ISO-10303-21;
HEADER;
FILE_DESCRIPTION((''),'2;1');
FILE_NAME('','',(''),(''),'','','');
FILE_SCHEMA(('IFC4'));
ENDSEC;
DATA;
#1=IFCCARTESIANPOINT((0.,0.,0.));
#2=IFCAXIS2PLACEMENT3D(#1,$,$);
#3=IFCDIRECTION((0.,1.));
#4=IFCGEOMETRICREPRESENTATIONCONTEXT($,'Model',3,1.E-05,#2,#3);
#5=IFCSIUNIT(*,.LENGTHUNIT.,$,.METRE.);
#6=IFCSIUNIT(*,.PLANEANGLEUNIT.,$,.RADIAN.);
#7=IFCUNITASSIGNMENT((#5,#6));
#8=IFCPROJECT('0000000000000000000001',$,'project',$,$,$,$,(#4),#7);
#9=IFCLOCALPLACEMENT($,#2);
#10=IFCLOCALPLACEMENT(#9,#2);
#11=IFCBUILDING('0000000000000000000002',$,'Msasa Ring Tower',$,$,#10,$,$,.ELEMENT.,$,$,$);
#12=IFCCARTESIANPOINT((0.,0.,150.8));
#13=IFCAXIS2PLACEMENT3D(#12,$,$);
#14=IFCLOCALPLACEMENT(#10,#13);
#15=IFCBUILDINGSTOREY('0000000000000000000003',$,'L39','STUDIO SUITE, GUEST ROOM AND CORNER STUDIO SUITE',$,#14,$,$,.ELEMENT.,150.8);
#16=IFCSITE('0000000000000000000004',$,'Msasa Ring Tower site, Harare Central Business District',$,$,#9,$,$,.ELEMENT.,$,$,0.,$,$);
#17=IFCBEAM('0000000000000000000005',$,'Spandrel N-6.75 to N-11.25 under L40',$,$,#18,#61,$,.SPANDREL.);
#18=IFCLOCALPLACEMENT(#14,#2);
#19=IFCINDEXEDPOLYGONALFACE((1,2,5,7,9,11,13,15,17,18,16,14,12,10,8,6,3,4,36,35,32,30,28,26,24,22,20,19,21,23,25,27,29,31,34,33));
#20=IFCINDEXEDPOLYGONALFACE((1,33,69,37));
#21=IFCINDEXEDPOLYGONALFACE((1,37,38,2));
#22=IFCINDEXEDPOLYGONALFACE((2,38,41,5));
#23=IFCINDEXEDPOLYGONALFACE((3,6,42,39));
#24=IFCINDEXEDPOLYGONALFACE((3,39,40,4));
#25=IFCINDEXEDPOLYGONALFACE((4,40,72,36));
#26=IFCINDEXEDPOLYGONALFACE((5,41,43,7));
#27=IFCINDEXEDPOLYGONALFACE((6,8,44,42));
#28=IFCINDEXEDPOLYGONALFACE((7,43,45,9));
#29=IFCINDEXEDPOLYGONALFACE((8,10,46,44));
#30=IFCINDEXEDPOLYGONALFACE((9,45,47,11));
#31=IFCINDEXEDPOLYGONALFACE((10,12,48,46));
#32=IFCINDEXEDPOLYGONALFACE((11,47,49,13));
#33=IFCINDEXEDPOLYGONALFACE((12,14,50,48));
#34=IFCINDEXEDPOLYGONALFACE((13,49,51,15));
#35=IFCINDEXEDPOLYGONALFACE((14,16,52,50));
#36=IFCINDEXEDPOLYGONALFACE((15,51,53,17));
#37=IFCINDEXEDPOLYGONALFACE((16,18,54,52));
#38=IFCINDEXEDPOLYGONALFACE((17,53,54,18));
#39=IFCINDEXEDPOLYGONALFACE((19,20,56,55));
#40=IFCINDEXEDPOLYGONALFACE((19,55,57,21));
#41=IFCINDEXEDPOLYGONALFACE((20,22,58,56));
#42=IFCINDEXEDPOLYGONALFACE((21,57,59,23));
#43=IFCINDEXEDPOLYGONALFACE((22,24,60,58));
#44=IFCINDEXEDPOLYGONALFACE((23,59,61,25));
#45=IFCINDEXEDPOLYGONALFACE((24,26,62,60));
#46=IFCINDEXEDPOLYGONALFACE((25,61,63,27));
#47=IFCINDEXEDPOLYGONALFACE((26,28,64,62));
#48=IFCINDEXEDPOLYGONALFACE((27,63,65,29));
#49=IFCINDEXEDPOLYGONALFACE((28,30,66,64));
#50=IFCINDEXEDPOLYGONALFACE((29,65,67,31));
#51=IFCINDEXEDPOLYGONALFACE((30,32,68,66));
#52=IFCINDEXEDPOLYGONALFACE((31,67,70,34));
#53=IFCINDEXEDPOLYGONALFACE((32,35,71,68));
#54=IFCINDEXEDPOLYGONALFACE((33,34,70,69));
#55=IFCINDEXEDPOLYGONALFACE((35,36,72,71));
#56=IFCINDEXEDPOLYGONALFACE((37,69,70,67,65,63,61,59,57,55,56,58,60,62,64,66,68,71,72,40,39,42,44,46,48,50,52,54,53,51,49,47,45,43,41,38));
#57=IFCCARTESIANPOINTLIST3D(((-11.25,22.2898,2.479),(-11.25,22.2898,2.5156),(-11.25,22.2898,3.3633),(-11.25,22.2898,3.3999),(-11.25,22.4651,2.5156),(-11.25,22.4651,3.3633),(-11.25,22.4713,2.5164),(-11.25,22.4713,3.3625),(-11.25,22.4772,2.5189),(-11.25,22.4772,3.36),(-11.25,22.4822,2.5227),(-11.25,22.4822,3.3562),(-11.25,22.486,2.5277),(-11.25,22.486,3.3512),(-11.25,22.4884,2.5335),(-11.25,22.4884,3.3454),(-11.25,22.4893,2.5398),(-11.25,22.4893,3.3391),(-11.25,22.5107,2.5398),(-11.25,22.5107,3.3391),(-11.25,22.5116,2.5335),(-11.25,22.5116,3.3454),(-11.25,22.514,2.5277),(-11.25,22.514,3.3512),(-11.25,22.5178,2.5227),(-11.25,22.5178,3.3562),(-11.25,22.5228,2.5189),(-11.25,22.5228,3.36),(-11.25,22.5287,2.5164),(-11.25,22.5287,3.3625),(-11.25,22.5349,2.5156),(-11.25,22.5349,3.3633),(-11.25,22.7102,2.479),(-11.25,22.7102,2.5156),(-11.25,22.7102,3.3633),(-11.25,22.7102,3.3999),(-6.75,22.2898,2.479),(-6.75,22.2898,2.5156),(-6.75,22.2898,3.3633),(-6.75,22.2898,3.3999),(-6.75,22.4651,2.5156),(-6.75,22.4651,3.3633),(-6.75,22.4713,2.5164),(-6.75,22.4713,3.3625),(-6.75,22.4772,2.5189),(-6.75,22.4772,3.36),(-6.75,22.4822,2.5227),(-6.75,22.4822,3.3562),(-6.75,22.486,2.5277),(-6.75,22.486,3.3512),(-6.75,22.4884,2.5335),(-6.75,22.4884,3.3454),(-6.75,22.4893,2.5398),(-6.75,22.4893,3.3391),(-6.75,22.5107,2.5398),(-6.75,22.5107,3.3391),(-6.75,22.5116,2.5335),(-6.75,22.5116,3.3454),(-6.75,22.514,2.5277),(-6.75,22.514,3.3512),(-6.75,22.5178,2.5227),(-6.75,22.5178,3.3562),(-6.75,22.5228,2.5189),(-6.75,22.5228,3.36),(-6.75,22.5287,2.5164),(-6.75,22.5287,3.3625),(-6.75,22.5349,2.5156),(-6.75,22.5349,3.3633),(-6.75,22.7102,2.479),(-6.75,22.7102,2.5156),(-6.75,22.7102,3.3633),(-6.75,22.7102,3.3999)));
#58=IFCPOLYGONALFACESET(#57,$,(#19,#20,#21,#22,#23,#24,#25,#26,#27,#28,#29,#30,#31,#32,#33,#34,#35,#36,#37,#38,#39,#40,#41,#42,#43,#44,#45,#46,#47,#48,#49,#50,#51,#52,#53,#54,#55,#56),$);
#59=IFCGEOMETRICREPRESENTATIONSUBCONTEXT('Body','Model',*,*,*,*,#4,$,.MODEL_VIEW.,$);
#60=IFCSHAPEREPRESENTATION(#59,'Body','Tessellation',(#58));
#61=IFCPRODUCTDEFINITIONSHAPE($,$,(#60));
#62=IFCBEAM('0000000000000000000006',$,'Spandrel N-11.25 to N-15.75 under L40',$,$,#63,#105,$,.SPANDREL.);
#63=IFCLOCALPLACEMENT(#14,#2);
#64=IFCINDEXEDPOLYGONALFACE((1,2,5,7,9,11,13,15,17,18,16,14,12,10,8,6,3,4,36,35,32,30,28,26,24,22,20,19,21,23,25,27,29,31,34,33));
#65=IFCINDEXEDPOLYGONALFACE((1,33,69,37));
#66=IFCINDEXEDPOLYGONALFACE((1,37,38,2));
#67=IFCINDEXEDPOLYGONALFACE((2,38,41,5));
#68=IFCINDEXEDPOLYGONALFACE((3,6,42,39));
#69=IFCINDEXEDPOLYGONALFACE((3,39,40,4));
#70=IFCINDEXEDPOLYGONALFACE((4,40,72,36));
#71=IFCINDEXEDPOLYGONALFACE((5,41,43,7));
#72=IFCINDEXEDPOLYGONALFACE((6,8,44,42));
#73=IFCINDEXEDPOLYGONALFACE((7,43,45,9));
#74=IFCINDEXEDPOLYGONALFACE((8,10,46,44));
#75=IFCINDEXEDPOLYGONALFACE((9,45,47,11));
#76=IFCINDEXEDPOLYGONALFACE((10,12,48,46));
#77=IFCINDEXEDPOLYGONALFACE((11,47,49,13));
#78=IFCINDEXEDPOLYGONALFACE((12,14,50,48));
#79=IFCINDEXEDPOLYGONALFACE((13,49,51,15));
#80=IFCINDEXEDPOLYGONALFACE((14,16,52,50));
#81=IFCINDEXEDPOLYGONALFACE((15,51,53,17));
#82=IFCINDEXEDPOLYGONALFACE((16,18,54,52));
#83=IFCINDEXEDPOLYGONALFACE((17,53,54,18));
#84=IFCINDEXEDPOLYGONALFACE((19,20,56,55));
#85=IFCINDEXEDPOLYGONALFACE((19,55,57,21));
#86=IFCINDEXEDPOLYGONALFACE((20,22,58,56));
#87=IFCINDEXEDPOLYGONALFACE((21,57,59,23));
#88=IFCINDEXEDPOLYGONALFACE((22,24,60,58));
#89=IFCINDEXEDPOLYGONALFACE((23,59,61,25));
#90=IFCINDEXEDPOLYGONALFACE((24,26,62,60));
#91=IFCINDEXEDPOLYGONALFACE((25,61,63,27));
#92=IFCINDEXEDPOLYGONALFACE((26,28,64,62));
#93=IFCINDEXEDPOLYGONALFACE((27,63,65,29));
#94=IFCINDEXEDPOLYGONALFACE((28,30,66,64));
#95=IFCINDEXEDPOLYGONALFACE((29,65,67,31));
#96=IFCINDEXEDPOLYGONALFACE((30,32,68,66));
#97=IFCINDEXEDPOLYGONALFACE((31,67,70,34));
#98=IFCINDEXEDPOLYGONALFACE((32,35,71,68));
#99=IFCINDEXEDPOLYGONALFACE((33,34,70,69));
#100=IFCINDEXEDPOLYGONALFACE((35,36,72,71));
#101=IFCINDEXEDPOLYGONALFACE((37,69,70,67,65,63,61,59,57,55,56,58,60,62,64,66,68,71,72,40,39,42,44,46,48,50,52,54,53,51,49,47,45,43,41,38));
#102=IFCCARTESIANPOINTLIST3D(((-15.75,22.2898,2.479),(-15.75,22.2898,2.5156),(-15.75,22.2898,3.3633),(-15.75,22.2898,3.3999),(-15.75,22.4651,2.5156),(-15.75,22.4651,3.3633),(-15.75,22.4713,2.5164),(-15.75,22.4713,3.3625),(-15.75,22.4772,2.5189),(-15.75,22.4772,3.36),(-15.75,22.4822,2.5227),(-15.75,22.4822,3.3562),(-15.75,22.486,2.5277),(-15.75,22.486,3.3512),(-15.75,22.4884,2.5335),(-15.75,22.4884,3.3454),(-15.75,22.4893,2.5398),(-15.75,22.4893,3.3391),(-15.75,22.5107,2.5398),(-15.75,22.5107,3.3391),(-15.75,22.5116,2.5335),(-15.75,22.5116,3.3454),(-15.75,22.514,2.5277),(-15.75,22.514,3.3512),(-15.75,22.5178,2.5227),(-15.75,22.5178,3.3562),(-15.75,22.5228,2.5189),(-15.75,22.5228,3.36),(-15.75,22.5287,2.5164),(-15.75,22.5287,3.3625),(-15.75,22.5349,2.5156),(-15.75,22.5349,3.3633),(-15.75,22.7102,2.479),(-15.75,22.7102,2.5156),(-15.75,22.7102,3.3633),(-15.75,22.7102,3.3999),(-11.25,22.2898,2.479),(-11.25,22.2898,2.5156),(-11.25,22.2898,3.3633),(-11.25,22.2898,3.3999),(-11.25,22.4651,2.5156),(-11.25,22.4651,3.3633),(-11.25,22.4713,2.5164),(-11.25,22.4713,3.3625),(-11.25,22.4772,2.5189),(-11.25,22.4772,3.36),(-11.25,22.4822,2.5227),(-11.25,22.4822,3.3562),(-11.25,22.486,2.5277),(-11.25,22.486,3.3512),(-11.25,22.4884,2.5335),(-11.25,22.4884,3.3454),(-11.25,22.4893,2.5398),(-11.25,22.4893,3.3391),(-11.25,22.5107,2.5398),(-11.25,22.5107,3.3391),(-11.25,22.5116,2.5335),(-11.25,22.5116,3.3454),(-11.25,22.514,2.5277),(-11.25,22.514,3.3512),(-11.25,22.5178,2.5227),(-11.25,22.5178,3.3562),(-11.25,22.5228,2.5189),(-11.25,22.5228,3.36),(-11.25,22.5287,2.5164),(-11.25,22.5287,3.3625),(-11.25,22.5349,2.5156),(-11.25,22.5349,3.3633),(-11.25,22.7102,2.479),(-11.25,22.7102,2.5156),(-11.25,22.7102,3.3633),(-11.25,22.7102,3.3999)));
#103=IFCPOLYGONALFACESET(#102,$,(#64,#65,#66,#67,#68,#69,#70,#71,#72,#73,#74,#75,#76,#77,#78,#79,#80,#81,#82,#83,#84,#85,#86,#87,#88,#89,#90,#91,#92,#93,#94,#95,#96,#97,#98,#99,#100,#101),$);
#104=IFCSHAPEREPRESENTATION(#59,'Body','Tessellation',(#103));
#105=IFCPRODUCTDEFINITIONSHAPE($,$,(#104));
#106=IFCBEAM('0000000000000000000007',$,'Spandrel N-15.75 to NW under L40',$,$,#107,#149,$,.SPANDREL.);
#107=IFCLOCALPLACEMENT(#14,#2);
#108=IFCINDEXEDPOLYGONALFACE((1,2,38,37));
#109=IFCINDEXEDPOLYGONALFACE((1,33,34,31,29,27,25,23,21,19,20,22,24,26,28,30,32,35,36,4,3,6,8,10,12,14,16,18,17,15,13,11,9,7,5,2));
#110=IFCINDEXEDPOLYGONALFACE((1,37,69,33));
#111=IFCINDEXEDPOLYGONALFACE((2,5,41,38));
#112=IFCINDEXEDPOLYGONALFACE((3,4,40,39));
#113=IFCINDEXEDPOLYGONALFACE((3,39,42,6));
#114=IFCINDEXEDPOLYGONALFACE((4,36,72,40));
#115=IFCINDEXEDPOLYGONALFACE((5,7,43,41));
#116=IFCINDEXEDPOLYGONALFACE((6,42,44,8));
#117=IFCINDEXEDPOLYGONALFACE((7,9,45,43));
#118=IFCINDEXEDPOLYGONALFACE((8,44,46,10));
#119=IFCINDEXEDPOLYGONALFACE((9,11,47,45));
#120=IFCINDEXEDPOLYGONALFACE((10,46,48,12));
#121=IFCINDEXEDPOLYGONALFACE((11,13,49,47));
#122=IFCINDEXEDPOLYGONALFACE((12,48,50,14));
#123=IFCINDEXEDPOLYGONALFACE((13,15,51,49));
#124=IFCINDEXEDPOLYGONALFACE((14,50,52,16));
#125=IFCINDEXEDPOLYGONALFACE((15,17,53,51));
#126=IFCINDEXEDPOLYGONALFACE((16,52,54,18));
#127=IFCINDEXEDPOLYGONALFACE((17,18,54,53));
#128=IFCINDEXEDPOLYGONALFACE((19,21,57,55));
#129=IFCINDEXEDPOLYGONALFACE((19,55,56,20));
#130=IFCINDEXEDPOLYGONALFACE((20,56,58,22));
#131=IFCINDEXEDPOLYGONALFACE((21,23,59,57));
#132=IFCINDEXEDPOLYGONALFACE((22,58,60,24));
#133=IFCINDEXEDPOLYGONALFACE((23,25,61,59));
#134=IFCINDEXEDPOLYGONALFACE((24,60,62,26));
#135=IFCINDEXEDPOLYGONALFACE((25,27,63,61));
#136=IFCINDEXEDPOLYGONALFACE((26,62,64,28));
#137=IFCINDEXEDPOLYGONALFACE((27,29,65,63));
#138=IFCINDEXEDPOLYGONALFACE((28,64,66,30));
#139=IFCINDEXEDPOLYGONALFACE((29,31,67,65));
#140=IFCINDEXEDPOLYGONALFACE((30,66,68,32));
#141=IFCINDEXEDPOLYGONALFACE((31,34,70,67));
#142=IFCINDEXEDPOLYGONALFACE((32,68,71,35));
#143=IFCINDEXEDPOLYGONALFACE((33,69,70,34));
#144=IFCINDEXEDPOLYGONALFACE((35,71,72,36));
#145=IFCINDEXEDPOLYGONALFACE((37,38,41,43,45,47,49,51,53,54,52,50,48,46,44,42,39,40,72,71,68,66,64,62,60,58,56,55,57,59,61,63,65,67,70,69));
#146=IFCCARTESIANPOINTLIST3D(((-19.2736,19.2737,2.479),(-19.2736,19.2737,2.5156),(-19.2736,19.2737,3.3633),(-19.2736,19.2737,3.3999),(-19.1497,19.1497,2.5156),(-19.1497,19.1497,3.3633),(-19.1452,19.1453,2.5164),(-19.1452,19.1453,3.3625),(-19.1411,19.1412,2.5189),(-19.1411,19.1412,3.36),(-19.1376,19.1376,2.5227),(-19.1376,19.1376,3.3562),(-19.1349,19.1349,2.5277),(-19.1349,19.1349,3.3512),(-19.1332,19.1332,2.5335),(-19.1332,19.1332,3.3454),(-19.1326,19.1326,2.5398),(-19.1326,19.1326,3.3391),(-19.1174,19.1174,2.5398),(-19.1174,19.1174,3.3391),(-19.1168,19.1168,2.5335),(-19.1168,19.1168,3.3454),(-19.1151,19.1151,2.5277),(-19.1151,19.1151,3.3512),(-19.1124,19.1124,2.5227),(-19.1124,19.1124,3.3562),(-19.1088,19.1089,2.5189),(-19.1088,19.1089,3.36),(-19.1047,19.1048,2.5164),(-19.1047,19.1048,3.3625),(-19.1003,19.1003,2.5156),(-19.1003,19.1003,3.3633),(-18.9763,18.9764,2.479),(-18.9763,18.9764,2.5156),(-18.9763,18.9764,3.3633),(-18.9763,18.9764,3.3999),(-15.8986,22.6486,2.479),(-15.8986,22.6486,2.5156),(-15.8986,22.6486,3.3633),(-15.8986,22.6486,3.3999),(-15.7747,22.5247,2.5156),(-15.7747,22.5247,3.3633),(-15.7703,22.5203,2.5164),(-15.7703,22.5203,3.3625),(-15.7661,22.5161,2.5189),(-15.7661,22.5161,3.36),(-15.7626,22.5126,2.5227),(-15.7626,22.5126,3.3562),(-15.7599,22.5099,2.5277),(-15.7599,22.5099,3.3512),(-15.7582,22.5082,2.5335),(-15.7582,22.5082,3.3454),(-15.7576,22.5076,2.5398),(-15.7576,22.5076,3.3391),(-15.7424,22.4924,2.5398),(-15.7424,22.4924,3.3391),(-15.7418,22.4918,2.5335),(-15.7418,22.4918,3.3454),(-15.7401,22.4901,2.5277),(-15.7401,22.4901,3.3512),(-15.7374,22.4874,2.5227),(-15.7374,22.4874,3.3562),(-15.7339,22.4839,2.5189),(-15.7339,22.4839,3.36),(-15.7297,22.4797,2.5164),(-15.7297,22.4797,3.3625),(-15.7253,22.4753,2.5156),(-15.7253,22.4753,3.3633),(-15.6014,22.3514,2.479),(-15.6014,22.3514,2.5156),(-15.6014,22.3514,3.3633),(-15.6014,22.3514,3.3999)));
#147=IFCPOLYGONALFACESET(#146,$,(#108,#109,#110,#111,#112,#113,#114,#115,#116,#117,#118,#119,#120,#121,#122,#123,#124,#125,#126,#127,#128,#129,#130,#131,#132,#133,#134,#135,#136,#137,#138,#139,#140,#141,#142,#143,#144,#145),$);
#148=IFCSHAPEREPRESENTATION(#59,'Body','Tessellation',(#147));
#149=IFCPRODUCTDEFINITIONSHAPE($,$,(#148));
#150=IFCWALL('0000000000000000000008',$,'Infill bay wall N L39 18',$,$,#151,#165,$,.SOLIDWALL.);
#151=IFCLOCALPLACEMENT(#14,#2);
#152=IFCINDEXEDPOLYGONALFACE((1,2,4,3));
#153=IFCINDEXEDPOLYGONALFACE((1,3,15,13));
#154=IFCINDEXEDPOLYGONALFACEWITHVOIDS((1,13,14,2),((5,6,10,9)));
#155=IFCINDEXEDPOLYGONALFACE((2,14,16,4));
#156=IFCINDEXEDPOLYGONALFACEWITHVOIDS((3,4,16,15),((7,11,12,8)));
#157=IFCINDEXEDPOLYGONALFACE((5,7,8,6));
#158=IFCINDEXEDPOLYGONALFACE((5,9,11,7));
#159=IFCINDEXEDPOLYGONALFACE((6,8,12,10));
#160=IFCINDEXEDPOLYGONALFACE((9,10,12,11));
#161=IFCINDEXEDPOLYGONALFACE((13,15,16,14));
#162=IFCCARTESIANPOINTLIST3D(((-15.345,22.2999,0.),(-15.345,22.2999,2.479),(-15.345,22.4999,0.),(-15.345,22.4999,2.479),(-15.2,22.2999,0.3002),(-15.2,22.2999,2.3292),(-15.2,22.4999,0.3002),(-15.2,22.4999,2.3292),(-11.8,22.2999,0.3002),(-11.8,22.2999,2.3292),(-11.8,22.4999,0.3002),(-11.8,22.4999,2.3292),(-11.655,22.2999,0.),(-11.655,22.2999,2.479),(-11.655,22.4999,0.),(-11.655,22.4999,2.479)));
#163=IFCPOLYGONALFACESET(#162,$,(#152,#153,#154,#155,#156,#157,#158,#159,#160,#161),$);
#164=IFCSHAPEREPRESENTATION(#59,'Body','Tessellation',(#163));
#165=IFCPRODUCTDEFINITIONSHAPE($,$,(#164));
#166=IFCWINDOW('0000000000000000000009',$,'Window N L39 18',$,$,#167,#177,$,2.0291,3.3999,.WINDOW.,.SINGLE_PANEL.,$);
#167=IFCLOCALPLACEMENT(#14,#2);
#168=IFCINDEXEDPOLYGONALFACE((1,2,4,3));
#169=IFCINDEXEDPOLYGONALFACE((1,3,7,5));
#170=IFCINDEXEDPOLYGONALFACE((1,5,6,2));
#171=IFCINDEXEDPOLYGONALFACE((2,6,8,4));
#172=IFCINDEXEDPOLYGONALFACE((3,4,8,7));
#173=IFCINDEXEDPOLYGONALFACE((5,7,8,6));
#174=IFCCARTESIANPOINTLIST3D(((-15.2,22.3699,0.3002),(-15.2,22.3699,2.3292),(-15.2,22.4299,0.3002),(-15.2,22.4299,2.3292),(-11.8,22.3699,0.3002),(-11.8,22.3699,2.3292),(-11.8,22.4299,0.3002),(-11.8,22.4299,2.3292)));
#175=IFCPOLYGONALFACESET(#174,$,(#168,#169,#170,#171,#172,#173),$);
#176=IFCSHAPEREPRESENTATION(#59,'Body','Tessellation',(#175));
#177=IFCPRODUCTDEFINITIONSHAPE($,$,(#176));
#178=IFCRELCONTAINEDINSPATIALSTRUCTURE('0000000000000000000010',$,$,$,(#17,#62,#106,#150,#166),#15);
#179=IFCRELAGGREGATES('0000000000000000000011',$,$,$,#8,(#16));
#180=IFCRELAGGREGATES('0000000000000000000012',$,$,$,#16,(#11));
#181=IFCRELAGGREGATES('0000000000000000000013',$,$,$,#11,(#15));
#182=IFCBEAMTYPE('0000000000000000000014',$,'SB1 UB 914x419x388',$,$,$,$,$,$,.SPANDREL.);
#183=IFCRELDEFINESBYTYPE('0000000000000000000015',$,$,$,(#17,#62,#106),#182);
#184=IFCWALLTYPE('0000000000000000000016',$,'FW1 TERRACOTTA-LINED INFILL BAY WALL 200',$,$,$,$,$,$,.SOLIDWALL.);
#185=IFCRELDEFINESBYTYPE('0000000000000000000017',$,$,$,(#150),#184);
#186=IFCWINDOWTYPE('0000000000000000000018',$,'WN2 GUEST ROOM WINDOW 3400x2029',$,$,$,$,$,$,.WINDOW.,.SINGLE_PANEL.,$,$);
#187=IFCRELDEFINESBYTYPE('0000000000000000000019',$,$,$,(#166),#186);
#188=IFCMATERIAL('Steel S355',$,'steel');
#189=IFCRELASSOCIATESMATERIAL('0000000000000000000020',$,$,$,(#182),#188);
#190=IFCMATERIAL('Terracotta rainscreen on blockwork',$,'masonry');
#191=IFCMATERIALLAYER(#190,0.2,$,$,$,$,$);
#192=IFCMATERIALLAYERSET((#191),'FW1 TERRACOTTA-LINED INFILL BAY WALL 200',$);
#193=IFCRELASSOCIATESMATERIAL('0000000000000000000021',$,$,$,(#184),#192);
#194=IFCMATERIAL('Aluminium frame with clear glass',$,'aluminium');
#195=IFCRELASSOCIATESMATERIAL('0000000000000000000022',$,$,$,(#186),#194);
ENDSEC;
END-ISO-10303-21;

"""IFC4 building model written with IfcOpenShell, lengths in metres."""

from ifc_helpers import new_model, si_unit, direction, frame, frame_2d, origin, origin_2d, place, context, subcontext, project, spatial, rectangle, i_section, extrude, material, layer, layer_set, material_profile, profile_set, type_object, element, fill, save


model = new_model("IFC4")

# Units and contexts
model_context = context("Model", 3, precision=1e-05, world=origin(), true_north=direction((0.0, 1.0)))
body_context = subcontext(model_context, "Body", "Model", "MODEL_VIEW")
ifc_project = project(units=[si_unit("LENGTHUNIT", "METRE"), si_unit("PLANEANGLEUNIT", "RADIAN")], contexts=[model_context])

# Site, building, storey
site_placement = place(None, origin())
site = spatial("IfcSite", under=ifc_project, at=site_placement, Name="Msasa Ring Tower site, Harare Central Business District", CompositionType="ELEMENT", RefElevation=0.0)
building_placement = place(site_placement, origin())
building = spatial("IfcBuilding", under=site, at=building_placement, Name="Msasa Ring Tower", CompositionType="ELEMENT")
storey_placement = place(building_placement, frame((0.0, 0.0, 150.8)))
storey = spatial("IfcBuildingStorey", under=building, at=storey_placement, Name="L39", Description="STUDIO SUITE, GUEST ROOM AND CORNER STUDIO SUITE", CompositionType="ELEMENT", Elevation=150.8)

# Beams
ifc_material_1 = material(Name="Steel S355", Category="steel")
ifc_material_profile_1 = material_profile(ifc_material_1, i_section(OverallWidth=0.4204, OverallDepth=0.9209, WebThickness=0.0215, FlangeThickness=0.0366, FilletRadius=0.0242, at=origin_2d()), Name="UB 914x419x388")
ifc_profile_set_1 = profile_set([ifc_material_profile_1], Name="Steel S355")
beam_type_1 = type_object("IfcBeamType", Name="SB1 UB 914x419x388", PredefinedType="SPANDREL", material=ifc_profile_set_1)
for number, where, z_axis, x_axis, name in (
    (1, (-6.75, 22.5, 2.9395), (-1.0, 0.0, 0.0), (0.0, -1.0, 0.0), "Spandrel N-6.75 to N-11.25 under L40"),
    (2, (-11.25, 22.5, 2.9395), (-1.0, 0.0, 0.0), (0.0, -1.0, 0.0), "Spandrel N-11.25 to N-15.75 under L40"),
):
    element("IfcBeam", number, at=place(storey_placement, frame(where, z_axis=z_axis, x_axis=x_axis)), inside=storey, type_object=beam_type_1, Name=name, PredefinedType="SPANDREL", context=body_context, shape_type="SweptSolid", body=[
        extrude(i_section(OverallWidth=0.4204, OverallDepth=0.9209, WebThickness=0.0215, FlangeThickness=0.0366, FilletRadius=0.0242, at=origin_2d()), origin(), (0.0, 0.0, 1.0), 4.5),
    ])
beam_placement = place(storey_placement, frame((-15.75, 22.5, 2.9395), z_axis=(-0.707107, -0.707107, 0.0), x_axis=(0.707107, -0.707107, 0.0)))
element("IfcBeam", 3, at=beam_placement, inside=storey, type_object=beam_type_1, Name="Spandrel N-15.75 to NW under L40", PredefinedType="SPANDREL", context=body_context, shape_type="SweptSolid", body=[
    extrude(i_section(OverallWidth=0.4204, OverallDepth=0.9209, WebThickness=0.0215, FlangeThickness=0.0366, FilletRadius=0.0242, at=origin_2d()), origin(), (0.0, 0.0, 1.0), 4.7729),
])

# Wall, opening, window
ifc_material_2 = material(Name="Terracotta rainscreen on blockwork", Category="masonry")
ifc_layer_1 = layer(ifc_material_2, 0.2)
ifc_layer_set_1 = layer_set([ifc_layer_1], Name="FW1 TERRACOTTA-LINED INFILL BAY WALL 200")
wall_type_1 = type_object("IfcWallType", Name="FW1 TERRACOTTA-LINED INFILL BAY WALL 200", PredefinedType="SOLIDWALL", material=ifc_layer_set_1)
wall_1_placement = place(storey_placement, frame((-15.345, 22.3999, 0.0), z_axis=(0.0, 0.0, 1.0), x_axis=(1.0, 0.0, 0.0)))
wall_1 = element("IfcWall", 4, at=wall_1_placement, inside=storey, type_object=wall_type_1, Name="Infill bay wall N L39 18", PredefinedType="SOLIDWALL", context=body_context, shape_type="SweptSolid", body=[
    extrude(rectangle(XDim=3.6899, YDim=0.2, at=frame_2d((1.845, 0.0))), origin(), (0.0, 0.0, 1.0), 2.479),
])
opening_1_placement = place(wall_1_placement, frame((0.145, 0.0, 0.3)))
opening_1 = element("IfcOpeningElement", 5, at=opening_1_placement, cuts=wall_1, PredefinedType="OPENING", context=body_context, shape_type="SweptSolid", body=[
    extrude(rectangle(XDim=3.3999, YDim=2.0291, at=frame_2d((1.7, 1.0146))), frame((0.0, 0.1099, 0.0), z_axis=(0.0, -1.0, 0.0), x_axis=(1.0, 0.0, 0.0)), (0.0, 0.0, 1.0), 0.22),
])
ifc_material_3 = material(Name="Aluminium frame with clear glass", Category="aluminium")
window_type = type_object("IfcWindowType", Name="WN2 GUEST ROOM WINDOW 3400x2029", PartitioningType="SINGLE_PANEL", PredefinedType="WINDOW", material=ifc_material_3)
window_1_placement = place(opening_1_placement, origin())
window_1 = element("IfcWindow", 6, at=window_1_placement, inside=storey, type_object=window_type, Name="Window N L39 18", OverallHeight=2.0291, OverallWidth=3.3999, PartitioningType="SINGLE_PANEL", PredefinedType="WINDOW", context=body_context, shape_type="SweptSolid", body=[
    extrude(rectangle(XDim=3.3999, YDim=2.0291, at=frame_2d((1.7, 1.0146))), frame((0.0, 0.03, 0.0), z_axis=(0.0, -1.0, 0.0), x_axis=(1.0, 0.0, 0.0)), (0.0, 0.0, 1.0), 0.0601),
])
fill(opening_1, window_1)

save(model, "model.ifc")
